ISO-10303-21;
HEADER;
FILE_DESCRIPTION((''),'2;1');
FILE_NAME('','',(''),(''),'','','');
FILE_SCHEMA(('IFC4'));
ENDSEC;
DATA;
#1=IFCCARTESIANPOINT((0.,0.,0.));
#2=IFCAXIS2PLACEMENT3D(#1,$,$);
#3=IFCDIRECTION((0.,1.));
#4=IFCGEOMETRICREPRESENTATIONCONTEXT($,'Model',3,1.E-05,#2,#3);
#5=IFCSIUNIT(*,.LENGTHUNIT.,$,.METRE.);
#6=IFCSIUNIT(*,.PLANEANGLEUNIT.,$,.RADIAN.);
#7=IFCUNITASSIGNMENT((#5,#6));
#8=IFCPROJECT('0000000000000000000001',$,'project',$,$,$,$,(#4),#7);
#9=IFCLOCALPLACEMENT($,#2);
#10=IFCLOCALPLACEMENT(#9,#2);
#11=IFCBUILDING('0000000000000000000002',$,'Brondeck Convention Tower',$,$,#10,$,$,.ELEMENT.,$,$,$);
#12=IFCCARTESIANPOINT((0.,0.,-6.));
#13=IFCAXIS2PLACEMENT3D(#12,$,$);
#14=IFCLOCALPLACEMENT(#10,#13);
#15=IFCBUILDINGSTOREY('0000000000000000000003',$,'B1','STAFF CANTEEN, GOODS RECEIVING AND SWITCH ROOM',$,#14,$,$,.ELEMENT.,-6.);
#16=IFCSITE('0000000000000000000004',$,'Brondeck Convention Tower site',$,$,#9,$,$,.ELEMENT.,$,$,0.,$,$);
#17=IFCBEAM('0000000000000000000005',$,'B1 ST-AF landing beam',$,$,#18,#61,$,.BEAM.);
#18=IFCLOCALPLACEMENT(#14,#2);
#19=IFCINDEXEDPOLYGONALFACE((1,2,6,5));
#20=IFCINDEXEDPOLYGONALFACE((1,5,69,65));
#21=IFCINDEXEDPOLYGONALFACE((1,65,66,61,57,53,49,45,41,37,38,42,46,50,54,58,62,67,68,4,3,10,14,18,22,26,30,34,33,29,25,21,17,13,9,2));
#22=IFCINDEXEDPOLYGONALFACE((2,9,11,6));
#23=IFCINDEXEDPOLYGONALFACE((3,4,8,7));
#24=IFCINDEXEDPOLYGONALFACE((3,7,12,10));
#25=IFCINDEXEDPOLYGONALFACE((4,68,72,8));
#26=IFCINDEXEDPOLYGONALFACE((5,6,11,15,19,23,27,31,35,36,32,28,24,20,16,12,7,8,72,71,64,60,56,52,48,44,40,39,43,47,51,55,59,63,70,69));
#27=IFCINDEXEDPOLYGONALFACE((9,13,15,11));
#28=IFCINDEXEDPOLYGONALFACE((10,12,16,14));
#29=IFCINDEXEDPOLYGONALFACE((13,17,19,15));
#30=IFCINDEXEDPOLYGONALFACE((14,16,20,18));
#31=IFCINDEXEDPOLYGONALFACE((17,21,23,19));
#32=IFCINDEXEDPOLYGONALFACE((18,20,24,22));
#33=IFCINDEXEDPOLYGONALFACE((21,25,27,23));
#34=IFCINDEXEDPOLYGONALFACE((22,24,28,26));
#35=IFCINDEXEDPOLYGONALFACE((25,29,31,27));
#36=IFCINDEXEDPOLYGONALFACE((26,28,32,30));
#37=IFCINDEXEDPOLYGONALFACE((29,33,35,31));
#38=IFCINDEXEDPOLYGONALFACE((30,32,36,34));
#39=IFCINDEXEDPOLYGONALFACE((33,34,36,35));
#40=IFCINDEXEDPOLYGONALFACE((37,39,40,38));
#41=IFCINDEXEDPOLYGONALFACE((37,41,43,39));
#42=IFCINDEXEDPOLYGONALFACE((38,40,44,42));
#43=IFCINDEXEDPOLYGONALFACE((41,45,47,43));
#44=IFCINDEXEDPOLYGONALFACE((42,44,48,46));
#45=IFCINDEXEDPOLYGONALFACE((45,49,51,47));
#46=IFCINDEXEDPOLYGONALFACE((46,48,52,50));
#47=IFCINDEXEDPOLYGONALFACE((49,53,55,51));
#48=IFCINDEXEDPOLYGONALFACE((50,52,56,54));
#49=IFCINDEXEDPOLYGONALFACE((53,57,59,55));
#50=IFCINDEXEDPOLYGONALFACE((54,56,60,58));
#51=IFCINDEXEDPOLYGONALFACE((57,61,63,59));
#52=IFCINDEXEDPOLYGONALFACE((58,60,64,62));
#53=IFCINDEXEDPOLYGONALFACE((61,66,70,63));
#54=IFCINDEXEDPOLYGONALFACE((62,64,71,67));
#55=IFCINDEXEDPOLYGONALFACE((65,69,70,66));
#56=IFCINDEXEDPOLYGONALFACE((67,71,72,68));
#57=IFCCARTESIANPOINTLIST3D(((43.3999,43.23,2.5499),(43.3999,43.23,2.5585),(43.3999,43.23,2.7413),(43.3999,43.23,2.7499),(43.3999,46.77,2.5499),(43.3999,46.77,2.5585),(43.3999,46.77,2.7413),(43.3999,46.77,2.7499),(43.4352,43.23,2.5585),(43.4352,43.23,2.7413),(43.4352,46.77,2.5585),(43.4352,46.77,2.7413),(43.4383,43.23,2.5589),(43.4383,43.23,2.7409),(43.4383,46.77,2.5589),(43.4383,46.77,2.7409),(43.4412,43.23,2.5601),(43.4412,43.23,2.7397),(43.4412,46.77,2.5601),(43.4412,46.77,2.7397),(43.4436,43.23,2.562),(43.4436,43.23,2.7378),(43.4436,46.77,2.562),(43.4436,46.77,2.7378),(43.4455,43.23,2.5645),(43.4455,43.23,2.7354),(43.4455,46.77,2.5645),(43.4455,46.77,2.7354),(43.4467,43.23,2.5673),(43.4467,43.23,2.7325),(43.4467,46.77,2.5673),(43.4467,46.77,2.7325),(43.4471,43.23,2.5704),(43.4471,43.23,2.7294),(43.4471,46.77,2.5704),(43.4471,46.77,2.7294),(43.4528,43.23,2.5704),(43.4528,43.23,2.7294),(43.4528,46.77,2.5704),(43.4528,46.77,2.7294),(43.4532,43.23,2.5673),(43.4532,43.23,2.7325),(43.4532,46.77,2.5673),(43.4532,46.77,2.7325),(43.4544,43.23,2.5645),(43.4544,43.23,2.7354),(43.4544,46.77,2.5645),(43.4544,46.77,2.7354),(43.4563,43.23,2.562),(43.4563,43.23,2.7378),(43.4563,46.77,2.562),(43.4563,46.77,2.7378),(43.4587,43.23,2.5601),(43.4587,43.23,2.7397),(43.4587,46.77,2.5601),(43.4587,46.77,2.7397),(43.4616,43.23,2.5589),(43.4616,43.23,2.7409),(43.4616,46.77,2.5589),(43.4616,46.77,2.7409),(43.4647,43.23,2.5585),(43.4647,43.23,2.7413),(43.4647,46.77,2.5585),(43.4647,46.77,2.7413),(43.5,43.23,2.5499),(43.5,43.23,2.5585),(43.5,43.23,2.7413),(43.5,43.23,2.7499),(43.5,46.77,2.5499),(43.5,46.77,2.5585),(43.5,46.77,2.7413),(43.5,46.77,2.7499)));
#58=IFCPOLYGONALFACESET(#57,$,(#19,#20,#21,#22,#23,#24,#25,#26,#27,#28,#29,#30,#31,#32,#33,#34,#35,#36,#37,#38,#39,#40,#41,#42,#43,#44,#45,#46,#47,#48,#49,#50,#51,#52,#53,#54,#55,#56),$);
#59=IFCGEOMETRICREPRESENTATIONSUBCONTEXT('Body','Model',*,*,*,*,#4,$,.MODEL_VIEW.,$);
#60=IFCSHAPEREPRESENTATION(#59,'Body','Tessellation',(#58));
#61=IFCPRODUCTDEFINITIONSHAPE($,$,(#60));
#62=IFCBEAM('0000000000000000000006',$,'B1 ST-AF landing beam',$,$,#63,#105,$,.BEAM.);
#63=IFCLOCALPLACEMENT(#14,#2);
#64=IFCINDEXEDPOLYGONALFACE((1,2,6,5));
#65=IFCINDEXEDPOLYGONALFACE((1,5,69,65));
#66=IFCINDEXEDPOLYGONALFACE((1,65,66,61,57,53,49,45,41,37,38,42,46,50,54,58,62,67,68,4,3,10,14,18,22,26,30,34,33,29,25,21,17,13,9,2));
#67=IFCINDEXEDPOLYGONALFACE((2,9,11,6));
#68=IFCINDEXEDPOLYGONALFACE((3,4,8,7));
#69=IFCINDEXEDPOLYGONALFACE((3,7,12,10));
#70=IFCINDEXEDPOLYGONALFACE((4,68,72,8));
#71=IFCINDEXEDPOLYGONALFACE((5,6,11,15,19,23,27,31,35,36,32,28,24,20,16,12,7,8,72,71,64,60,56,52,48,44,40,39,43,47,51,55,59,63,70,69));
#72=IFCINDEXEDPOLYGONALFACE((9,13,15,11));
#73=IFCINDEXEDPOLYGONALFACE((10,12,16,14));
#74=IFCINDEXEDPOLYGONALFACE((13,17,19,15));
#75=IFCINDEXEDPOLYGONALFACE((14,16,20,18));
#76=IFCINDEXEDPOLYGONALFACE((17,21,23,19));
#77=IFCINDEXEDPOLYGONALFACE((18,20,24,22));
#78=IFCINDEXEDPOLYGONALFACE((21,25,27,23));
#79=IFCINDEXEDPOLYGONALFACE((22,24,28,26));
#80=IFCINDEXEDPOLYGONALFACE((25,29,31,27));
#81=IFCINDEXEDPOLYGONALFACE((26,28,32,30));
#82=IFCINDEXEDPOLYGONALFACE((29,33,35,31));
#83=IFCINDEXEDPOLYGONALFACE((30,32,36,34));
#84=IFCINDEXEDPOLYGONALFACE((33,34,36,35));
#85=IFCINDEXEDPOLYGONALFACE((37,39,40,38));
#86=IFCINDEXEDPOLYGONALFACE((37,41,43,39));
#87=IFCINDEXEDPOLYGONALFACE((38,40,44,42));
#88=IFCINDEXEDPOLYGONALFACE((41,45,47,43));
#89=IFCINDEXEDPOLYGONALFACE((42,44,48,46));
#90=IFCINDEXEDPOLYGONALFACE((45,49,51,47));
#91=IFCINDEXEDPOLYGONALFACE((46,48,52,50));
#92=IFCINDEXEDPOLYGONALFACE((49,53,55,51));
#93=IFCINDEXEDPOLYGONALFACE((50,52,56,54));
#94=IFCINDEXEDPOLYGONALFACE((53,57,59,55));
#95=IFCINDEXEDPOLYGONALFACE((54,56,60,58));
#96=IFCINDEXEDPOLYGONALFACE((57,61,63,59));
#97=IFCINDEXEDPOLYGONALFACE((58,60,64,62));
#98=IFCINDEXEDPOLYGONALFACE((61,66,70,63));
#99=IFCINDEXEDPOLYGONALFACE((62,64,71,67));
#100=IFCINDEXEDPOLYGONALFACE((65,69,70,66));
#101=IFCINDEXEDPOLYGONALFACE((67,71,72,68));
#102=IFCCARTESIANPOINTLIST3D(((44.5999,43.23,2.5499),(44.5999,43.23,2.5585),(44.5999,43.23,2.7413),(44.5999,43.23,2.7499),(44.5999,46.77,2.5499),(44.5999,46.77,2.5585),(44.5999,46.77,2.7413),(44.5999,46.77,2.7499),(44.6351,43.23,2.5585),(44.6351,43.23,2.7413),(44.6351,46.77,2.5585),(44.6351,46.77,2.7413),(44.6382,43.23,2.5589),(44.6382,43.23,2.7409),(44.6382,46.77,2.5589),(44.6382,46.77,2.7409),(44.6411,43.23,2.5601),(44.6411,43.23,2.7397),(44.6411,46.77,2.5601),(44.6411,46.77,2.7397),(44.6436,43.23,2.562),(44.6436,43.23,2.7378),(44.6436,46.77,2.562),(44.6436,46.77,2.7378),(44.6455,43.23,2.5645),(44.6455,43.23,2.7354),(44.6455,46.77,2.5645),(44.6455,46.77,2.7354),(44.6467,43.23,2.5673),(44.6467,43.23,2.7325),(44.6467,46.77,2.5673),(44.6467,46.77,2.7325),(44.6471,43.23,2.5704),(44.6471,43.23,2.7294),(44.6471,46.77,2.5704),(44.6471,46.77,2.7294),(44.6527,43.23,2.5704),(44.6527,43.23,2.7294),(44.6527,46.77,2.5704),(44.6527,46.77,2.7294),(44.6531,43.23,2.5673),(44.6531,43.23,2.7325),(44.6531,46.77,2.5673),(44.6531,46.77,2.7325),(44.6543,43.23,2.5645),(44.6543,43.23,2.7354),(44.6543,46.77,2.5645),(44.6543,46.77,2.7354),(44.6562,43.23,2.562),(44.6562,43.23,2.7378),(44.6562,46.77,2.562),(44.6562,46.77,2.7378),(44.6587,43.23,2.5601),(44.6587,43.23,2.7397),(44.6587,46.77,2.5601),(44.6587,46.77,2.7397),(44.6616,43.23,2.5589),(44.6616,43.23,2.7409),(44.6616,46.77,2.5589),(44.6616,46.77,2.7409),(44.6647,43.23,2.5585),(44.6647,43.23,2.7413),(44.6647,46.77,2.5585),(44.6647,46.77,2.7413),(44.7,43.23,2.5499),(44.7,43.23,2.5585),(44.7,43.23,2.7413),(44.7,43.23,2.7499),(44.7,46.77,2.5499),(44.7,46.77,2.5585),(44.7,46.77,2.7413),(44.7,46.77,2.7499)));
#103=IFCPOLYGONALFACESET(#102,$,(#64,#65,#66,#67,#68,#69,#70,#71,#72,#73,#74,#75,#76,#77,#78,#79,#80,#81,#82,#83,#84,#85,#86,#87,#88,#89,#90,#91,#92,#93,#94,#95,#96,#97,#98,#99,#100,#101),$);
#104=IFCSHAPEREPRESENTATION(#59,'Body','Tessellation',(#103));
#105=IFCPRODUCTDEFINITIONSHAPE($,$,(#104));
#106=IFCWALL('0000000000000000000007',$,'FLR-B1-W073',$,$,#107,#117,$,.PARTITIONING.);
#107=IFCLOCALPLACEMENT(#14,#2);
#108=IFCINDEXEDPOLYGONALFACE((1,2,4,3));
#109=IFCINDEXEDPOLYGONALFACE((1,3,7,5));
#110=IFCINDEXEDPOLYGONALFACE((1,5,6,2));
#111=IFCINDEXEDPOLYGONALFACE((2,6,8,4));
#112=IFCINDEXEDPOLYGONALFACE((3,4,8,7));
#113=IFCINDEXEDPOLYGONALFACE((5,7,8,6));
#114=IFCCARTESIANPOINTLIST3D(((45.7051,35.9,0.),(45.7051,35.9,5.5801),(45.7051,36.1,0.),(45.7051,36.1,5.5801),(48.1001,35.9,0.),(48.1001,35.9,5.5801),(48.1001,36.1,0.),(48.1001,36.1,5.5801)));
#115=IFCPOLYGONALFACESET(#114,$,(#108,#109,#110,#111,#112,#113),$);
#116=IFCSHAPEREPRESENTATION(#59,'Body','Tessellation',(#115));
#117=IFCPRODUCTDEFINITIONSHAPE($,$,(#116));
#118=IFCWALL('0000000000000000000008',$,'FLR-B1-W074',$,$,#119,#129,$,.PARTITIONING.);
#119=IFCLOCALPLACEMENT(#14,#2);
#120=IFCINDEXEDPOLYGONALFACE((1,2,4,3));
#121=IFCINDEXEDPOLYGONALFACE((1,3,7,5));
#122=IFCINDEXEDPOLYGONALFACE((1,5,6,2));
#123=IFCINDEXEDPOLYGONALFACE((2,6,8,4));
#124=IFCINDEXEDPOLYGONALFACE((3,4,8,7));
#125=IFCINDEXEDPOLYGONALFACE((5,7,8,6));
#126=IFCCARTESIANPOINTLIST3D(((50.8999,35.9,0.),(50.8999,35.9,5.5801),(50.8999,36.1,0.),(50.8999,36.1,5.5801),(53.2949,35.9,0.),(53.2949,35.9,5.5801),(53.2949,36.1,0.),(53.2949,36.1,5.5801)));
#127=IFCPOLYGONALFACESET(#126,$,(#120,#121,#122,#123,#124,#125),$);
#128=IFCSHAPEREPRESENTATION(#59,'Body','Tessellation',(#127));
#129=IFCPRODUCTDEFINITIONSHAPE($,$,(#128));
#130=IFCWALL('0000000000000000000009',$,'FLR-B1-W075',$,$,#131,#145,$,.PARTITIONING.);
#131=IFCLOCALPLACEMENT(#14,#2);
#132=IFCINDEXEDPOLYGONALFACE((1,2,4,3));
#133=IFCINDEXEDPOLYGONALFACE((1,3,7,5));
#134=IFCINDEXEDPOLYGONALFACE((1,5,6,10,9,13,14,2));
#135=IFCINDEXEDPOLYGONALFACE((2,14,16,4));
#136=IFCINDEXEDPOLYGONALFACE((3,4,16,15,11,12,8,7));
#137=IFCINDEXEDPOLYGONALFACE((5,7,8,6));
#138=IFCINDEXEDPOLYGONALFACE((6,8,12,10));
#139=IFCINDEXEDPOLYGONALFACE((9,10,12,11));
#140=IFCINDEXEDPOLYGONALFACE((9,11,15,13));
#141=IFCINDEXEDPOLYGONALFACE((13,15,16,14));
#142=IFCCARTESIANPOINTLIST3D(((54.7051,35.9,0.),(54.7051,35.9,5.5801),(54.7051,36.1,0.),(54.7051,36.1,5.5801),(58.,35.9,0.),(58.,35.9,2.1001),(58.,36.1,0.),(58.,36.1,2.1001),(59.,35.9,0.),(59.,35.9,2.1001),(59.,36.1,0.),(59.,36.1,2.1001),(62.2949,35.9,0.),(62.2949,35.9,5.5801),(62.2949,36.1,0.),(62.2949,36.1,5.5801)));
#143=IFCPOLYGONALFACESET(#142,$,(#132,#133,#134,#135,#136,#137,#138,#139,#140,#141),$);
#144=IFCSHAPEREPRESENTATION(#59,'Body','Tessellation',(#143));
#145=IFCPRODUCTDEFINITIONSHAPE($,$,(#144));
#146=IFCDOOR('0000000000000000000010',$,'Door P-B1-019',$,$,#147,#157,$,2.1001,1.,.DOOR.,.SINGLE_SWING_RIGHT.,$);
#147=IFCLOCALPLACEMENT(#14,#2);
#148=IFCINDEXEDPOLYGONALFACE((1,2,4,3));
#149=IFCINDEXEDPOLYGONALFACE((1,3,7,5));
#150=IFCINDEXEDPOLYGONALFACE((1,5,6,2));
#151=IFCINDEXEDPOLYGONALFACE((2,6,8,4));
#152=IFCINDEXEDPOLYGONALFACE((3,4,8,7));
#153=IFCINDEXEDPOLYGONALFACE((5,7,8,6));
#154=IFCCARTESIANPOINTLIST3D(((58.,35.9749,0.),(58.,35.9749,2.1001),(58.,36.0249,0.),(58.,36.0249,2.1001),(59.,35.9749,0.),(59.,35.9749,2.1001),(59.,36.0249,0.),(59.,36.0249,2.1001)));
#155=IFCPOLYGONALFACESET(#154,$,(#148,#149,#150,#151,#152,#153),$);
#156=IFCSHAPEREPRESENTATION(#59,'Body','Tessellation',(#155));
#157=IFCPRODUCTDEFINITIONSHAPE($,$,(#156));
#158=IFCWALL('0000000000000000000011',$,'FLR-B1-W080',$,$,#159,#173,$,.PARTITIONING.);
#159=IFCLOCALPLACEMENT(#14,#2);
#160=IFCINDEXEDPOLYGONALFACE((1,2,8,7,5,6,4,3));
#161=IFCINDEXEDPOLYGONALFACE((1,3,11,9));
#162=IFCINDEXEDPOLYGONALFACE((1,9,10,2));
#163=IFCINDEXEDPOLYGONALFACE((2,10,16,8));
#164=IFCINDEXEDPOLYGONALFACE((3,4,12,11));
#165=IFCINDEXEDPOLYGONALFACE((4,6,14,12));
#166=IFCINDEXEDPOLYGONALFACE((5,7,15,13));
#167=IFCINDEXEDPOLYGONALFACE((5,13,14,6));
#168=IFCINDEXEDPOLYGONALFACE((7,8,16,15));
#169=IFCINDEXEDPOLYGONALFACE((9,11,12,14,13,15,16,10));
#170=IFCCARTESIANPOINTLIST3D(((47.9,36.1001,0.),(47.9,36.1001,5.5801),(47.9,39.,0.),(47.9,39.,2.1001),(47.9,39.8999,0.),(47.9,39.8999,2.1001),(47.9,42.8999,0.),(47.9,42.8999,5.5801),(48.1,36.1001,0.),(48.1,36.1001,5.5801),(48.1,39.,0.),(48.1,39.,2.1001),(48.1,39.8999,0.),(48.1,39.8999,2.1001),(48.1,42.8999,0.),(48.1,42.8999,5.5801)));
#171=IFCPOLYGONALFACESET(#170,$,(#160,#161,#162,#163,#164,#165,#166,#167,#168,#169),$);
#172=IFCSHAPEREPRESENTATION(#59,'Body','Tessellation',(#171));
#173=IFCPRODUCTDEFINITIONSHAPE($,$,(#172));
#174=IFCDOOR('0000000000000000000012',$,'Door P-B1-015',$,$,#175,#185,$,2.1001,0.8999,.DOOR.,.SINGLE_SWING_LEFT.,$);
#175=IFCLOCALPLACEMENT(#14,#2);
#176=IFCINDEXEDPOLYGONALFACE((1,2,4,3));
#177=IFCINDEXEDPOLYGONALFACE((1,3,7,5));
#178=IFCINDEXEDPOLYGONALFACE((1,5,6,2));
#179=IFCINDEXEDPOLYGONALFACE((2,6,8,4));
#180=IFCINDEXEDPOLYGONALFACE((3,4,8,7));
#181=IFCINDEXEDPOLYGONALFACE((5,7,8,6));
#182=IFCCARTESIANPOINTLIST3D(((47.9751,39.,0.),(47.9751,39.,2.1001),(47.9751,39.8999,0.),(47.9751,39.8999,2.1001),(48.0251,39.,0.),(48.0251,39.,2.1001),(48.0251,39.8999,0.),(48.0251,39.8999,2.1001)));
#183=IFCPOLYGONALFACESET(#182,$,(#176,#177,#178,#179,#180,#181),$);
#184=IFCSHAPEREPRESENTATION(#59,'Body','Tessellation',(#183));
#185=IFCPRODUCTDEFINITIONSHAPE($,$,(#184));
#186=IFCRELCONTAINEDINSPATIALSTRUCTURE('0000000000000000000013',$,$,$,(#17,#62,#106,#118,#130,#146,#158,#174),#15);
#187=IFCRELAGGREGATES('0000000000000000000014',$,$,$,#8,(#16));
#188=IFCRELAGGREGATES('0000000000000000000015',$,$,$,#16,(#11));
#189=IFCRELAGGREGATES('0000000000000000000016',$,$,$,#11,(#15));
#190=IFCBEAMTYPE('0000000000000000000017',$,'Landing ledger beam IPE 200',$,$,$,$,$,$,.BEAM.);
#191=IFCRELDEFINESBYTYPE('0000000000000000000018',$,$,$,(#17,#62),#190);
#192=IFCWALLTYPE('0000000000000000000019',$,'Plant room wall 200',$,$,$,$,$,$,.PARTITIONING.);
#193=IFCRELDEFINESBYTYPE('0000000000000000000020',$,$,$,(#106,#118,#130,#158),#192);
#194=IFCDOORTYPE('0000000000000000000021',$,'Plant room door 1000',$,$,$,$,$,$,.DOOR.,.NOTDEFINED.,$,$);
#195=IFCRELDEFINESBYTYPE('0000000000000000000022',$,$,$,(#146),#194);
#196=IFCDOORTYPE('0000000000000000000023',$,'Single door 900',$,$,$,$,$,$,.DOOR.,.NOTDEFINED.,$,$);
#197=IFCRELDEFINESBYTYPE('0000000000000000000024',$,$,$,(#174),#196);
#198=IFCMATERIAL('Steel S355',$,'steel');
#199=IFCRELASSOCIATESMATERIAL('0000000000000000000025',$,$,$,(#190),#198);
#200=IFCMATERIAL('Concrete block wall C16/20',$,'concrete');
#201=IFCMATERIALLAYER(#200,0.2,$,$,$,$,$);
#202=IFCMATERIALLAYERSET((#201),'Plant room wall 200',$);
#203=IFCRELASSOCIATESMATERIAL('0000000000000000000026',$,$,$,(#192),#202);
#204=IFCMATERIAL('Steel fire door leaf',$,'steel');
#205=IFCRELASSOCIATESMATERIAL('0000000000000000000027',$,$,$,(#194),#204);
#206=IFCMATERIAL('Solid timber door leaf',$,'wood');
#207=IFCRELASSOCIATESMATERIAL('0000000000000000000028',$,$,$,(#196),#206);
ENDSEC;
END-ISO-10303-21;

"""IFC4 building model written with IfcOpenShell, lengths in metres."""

from ifc_helpers import new_model, si_unit, direction, frame, frame_2d, origin, origin_2d, place, context, subcontext, project, spatial, rectangle, i_section, extrude, material, layer, layer_set, material_profile, profile_set, type_object, element, fill, save


model = new_model("IFC4")

# Units and contexts
model_context = context("Model", 3, precision=1e-05, world=origin(), true_north=direction((0.0, 1.0)))
body_context = subcontext(model_context, "Body", "Model", "MODEL_VIEW")
ifc_project = project(units=[si_unit("LENGTHUNIT", "METRE"), si_unit("PLANEANGLEUNIT", "RADIAN")], contexts=[model_context])

# Site, building, storey
site_placement = place(None, origin())
site = spatial("IfcSite", under=ifc_project, at=site_placement, Name="Brondeck Convention Tower site", CompositionType="ELEMENT", RefElevation=0.0)
building_placement = place(site_placement, origin())
building = spatial("IfcBuilding", under=site, at=building_placement, Name="Brondeck Convention Tower", CompositionType="ELEMENT")
storey_placement = place(building_placement, frame((0.0, 0.0, -6.0)))
storey = spatial("IfcBuildingStorey", under=building, at=storey_placement, Name="B1", Description="STAFF CANTEEN, GOODS RECEIVING AND SWITCH ROOM", CompositionType="ELEMENT", Elevation=-6.0)

# Beams
ifc_material_1 = material(Name="Steel S355", Category="steel")
ifc_material_profile_1 = material_profile(ifc_material_1, i_section(OverallWidth=0.1001, OverallDepth=0.2, WebThickness=0.0056, FlangeThickness=0.0085, FilletRadius=0.012, at=origin_2d()), Name="IPE200")
ifc_profile_set_1 = profile_set([ifc_material_profile_1], Name="Steel S355")
beam_type = type_object("IfcBeamType", Name="Landing ledger beam IPE 200", PredefinedType="BEAM", material=ifc_profile_set_1)
for number, where, z_axis, x_axis, name in (
    (1, (43.45, 43.23, 2.6499), (0.0, 1.0, 0.0), (-1.0, 0.0, 0.0), "B1 ST-AF landing beam"),
    (2, (44.6499, 43.23, 2.6499), (0.0, 1.0, 0.0), (-1.0, 0.0, 0.0), "B1 ST-AF landing beam"),
):
    element("IfcBeam", number, at=place(storey_placement, frame(where, z_axis=z_axis, x_axis=x_axis)), inside=storey, type_object=beam_type, Name=name, PredefinedType="BEAM", context=body_context, shape_type="SweptSolid", body=[
        extrude(i_section(OverallWidth=0.1001, OverallDepth=0.2, WebThickness=0.0056, FlangeThickness=0.0085, FilletRadius=0.012, at=origin_2d()), origin(), (0.0, 0.0, 1.0), 3.54),
    ])

# Walls
ifc_material_2 = material(Name="Concrete block wall C16/20", Category="concrete")
ifc_layer_1 = layer(ifc_material_2, 0.2)
ifc_layer_set_1 = layer_set([ifc_layer_1], Name="Plant room wall 200")
wall_type_1 = type_object("IfcWallType", Name="Plant room wall 200", PredefinedType="PARTITIONING", material=ifc_layer_set_1)
for number, where, z_axis, x_axis, name in (
    (3, (45.7051, 36.0, 0.0), (0.0, 0.0, 1.0), (1.0, 0.0, 0.0), "FLR-B1-W073"),
    (4, (50.8999, 36.0, 0.0), (0.0, 0.0, 1.0), (1.0, 0.0, 0.0), "FLR-B1-W074"),
):
    element("IfcWall", number, at=place(storey_placement, frame(where, z_axis=z_axis, x_axis=x_axis)), inside=storey, type_object=wall_type_1, Name=name, PredefinedType="PARTITIONING", context=body_context, shape_type="SweptSolid", body=[
        extrude(rectangle(XDim=2.395, YDim=0.2, at=frame_2d((1.1975, 0.0))), origin(), (0.0, 0.0, 1.0), 5.5801),
    ])

# Walls, openings, doors
wall_1_placement = place(storey_placement, frame((54.7051, 36.0, 0.0), z_axis=(0.0, 0.0, 1.0), x_axis=(1.0, 0.0, 0.0)))
wall_1 = element("IfcWall", 5, at=wall_1_placement, inside=storey, type_object=wall_type_1, Name="FLR-B1-W075", PredefinedType="PARTITIONING", context=body_context, shape_type="SweptSolid", body=[
    extrude(rectangle(XDim=7.5898, YDim=0.2, at=frame_2d((3.7949, 0.0))), origin(), (0.0, 0.0, 1.0), 5.5801),
])
opening_1_placement = place(wall_1_placement, frame((3.2949, 0.0, 0.0)))
opening_1 = element("IfcOpeningElement", 6, at=opening_1_placement, cuts=wall_1, PredefinedType="OPENING", context=body_context, shape_type="SweptSolid", body=[
    extrude(rectangle(XDim=1.0, YDim=2.1001, at=frame_2d((0.5, 1.05))), frame((0.0, 0.1099, 0.0), z_axis=(0.0, -1.0, 0.0), x_axis=(1.0, 0.0, 0.0)), (0.0, 0.0, 1.0), 0.22),
])
ifc_material_3 = material(Name="Steel fire door leaf", Category="steel")
door_type_1 = type_object("IfcDoorType", Name="Plant room door 1000", OperationType="NOTDEFINED", PredefinedType="DOOR", material=ifc_material_3)
door_1_placement = place(opening_1_placement, origin())
door_1 = element("IfcDoor", 7, at=door_1_placement, inside=storey, type_object=door_type_1, Name="Door P-B1-019", OperationType="SINGLE_SWING_RIGHT", OverallHeight=2.1001, OverallWidth=1.0, PredefinedType="DOOR", context=body_context, shape_type="SweptSolid", body=[
    extrude(rectangle(XDim=1.0, YDim=2.1001, at=frame_2d((0.5, 1.05))), frame((0.0, 0.0249, 0.0), z_axis=(0.0, -1.0, 0.0), x_axis=(1.0, 0.0, 0.0)), (0.0, 0.0, 1.0), 0.05),
])
fill(opening_1, door_1)
wall_2_placement = place(storey_placement, frame((48.0, 36.1001, 0.0), z_axis=(0.0, 0.0, 1.0), x_axis=(0.0, 1.0, 0.0)))
wall_2 = element("IfcWall", 8, at=wall_2_placement, inside=storey, type_object=wall_type_1, Name="FLR-B1-W080", PredefinedType="PARTITIONING", context=body_context, shape_type="SweptSolid", body=[
    extrude(rectangle(XDim=6.7998, YDim=0.2, at=frame_2d((3.3999, 0.0))), origin(), (0.0, 0.0, 1.0), 5.5801),
])
opening_2_placement = place(wall_2_placement, frame((2.8999, 0.0, 0.0)))
opening_2 = element("IfcOpeningElement", 9, at=opening_2_placement, cuts=wall_2, PredefinedType="OPENING", context=body_context, shape_type="SweptSolid", body=[
    extrude(rectangle(XDim=0.8999, YDim=2.1001, at=frame_2d((0.45, 1.05))), frame((0.0, 0.1099, 0.0), z_axis=(0.0, -1.0, 0.0), x_axis=(1.0, 0.0, 0.0)), (0.0, 0.0, 1.0), 0.22),
])
ifc_material_4 = material(Name="Solid timber door leaf", Category="wood")
door_type_2 = type_object("IfcDoorType", Name="Single door 900", OperationType="NOTDEFINED", PredefinedType="DOOR", material=ifc_material_4)
door_2_placement = place(opening_2_placement, origin())
door_2 = element("IfcDoor", 10, at=door_2_placement, inside=storey, type_object=door_type_2, Name="Door P-B1-015", OperationType="SINGLE_SWING_LEFT", OverallHeight=2.1001, OverallWidth=0.8999, PredefinedType="DOOR", context=body_context, shape_type="SweptSolid", body=[
    extrude(rectangle(XDim=0.8999, YDim=2.1001, at=frame_2d((0.45, 1.05))), frame((0.0, 0.0249, 0.0), z_axis=(0.0, -1.0, 0.0), x_axis=(1.0, 0.0, 0.0)), (0.0, 0.0, 1.0), 0.05),
])
fill(opening_2, door_2)

save(model, "model.ifc")
